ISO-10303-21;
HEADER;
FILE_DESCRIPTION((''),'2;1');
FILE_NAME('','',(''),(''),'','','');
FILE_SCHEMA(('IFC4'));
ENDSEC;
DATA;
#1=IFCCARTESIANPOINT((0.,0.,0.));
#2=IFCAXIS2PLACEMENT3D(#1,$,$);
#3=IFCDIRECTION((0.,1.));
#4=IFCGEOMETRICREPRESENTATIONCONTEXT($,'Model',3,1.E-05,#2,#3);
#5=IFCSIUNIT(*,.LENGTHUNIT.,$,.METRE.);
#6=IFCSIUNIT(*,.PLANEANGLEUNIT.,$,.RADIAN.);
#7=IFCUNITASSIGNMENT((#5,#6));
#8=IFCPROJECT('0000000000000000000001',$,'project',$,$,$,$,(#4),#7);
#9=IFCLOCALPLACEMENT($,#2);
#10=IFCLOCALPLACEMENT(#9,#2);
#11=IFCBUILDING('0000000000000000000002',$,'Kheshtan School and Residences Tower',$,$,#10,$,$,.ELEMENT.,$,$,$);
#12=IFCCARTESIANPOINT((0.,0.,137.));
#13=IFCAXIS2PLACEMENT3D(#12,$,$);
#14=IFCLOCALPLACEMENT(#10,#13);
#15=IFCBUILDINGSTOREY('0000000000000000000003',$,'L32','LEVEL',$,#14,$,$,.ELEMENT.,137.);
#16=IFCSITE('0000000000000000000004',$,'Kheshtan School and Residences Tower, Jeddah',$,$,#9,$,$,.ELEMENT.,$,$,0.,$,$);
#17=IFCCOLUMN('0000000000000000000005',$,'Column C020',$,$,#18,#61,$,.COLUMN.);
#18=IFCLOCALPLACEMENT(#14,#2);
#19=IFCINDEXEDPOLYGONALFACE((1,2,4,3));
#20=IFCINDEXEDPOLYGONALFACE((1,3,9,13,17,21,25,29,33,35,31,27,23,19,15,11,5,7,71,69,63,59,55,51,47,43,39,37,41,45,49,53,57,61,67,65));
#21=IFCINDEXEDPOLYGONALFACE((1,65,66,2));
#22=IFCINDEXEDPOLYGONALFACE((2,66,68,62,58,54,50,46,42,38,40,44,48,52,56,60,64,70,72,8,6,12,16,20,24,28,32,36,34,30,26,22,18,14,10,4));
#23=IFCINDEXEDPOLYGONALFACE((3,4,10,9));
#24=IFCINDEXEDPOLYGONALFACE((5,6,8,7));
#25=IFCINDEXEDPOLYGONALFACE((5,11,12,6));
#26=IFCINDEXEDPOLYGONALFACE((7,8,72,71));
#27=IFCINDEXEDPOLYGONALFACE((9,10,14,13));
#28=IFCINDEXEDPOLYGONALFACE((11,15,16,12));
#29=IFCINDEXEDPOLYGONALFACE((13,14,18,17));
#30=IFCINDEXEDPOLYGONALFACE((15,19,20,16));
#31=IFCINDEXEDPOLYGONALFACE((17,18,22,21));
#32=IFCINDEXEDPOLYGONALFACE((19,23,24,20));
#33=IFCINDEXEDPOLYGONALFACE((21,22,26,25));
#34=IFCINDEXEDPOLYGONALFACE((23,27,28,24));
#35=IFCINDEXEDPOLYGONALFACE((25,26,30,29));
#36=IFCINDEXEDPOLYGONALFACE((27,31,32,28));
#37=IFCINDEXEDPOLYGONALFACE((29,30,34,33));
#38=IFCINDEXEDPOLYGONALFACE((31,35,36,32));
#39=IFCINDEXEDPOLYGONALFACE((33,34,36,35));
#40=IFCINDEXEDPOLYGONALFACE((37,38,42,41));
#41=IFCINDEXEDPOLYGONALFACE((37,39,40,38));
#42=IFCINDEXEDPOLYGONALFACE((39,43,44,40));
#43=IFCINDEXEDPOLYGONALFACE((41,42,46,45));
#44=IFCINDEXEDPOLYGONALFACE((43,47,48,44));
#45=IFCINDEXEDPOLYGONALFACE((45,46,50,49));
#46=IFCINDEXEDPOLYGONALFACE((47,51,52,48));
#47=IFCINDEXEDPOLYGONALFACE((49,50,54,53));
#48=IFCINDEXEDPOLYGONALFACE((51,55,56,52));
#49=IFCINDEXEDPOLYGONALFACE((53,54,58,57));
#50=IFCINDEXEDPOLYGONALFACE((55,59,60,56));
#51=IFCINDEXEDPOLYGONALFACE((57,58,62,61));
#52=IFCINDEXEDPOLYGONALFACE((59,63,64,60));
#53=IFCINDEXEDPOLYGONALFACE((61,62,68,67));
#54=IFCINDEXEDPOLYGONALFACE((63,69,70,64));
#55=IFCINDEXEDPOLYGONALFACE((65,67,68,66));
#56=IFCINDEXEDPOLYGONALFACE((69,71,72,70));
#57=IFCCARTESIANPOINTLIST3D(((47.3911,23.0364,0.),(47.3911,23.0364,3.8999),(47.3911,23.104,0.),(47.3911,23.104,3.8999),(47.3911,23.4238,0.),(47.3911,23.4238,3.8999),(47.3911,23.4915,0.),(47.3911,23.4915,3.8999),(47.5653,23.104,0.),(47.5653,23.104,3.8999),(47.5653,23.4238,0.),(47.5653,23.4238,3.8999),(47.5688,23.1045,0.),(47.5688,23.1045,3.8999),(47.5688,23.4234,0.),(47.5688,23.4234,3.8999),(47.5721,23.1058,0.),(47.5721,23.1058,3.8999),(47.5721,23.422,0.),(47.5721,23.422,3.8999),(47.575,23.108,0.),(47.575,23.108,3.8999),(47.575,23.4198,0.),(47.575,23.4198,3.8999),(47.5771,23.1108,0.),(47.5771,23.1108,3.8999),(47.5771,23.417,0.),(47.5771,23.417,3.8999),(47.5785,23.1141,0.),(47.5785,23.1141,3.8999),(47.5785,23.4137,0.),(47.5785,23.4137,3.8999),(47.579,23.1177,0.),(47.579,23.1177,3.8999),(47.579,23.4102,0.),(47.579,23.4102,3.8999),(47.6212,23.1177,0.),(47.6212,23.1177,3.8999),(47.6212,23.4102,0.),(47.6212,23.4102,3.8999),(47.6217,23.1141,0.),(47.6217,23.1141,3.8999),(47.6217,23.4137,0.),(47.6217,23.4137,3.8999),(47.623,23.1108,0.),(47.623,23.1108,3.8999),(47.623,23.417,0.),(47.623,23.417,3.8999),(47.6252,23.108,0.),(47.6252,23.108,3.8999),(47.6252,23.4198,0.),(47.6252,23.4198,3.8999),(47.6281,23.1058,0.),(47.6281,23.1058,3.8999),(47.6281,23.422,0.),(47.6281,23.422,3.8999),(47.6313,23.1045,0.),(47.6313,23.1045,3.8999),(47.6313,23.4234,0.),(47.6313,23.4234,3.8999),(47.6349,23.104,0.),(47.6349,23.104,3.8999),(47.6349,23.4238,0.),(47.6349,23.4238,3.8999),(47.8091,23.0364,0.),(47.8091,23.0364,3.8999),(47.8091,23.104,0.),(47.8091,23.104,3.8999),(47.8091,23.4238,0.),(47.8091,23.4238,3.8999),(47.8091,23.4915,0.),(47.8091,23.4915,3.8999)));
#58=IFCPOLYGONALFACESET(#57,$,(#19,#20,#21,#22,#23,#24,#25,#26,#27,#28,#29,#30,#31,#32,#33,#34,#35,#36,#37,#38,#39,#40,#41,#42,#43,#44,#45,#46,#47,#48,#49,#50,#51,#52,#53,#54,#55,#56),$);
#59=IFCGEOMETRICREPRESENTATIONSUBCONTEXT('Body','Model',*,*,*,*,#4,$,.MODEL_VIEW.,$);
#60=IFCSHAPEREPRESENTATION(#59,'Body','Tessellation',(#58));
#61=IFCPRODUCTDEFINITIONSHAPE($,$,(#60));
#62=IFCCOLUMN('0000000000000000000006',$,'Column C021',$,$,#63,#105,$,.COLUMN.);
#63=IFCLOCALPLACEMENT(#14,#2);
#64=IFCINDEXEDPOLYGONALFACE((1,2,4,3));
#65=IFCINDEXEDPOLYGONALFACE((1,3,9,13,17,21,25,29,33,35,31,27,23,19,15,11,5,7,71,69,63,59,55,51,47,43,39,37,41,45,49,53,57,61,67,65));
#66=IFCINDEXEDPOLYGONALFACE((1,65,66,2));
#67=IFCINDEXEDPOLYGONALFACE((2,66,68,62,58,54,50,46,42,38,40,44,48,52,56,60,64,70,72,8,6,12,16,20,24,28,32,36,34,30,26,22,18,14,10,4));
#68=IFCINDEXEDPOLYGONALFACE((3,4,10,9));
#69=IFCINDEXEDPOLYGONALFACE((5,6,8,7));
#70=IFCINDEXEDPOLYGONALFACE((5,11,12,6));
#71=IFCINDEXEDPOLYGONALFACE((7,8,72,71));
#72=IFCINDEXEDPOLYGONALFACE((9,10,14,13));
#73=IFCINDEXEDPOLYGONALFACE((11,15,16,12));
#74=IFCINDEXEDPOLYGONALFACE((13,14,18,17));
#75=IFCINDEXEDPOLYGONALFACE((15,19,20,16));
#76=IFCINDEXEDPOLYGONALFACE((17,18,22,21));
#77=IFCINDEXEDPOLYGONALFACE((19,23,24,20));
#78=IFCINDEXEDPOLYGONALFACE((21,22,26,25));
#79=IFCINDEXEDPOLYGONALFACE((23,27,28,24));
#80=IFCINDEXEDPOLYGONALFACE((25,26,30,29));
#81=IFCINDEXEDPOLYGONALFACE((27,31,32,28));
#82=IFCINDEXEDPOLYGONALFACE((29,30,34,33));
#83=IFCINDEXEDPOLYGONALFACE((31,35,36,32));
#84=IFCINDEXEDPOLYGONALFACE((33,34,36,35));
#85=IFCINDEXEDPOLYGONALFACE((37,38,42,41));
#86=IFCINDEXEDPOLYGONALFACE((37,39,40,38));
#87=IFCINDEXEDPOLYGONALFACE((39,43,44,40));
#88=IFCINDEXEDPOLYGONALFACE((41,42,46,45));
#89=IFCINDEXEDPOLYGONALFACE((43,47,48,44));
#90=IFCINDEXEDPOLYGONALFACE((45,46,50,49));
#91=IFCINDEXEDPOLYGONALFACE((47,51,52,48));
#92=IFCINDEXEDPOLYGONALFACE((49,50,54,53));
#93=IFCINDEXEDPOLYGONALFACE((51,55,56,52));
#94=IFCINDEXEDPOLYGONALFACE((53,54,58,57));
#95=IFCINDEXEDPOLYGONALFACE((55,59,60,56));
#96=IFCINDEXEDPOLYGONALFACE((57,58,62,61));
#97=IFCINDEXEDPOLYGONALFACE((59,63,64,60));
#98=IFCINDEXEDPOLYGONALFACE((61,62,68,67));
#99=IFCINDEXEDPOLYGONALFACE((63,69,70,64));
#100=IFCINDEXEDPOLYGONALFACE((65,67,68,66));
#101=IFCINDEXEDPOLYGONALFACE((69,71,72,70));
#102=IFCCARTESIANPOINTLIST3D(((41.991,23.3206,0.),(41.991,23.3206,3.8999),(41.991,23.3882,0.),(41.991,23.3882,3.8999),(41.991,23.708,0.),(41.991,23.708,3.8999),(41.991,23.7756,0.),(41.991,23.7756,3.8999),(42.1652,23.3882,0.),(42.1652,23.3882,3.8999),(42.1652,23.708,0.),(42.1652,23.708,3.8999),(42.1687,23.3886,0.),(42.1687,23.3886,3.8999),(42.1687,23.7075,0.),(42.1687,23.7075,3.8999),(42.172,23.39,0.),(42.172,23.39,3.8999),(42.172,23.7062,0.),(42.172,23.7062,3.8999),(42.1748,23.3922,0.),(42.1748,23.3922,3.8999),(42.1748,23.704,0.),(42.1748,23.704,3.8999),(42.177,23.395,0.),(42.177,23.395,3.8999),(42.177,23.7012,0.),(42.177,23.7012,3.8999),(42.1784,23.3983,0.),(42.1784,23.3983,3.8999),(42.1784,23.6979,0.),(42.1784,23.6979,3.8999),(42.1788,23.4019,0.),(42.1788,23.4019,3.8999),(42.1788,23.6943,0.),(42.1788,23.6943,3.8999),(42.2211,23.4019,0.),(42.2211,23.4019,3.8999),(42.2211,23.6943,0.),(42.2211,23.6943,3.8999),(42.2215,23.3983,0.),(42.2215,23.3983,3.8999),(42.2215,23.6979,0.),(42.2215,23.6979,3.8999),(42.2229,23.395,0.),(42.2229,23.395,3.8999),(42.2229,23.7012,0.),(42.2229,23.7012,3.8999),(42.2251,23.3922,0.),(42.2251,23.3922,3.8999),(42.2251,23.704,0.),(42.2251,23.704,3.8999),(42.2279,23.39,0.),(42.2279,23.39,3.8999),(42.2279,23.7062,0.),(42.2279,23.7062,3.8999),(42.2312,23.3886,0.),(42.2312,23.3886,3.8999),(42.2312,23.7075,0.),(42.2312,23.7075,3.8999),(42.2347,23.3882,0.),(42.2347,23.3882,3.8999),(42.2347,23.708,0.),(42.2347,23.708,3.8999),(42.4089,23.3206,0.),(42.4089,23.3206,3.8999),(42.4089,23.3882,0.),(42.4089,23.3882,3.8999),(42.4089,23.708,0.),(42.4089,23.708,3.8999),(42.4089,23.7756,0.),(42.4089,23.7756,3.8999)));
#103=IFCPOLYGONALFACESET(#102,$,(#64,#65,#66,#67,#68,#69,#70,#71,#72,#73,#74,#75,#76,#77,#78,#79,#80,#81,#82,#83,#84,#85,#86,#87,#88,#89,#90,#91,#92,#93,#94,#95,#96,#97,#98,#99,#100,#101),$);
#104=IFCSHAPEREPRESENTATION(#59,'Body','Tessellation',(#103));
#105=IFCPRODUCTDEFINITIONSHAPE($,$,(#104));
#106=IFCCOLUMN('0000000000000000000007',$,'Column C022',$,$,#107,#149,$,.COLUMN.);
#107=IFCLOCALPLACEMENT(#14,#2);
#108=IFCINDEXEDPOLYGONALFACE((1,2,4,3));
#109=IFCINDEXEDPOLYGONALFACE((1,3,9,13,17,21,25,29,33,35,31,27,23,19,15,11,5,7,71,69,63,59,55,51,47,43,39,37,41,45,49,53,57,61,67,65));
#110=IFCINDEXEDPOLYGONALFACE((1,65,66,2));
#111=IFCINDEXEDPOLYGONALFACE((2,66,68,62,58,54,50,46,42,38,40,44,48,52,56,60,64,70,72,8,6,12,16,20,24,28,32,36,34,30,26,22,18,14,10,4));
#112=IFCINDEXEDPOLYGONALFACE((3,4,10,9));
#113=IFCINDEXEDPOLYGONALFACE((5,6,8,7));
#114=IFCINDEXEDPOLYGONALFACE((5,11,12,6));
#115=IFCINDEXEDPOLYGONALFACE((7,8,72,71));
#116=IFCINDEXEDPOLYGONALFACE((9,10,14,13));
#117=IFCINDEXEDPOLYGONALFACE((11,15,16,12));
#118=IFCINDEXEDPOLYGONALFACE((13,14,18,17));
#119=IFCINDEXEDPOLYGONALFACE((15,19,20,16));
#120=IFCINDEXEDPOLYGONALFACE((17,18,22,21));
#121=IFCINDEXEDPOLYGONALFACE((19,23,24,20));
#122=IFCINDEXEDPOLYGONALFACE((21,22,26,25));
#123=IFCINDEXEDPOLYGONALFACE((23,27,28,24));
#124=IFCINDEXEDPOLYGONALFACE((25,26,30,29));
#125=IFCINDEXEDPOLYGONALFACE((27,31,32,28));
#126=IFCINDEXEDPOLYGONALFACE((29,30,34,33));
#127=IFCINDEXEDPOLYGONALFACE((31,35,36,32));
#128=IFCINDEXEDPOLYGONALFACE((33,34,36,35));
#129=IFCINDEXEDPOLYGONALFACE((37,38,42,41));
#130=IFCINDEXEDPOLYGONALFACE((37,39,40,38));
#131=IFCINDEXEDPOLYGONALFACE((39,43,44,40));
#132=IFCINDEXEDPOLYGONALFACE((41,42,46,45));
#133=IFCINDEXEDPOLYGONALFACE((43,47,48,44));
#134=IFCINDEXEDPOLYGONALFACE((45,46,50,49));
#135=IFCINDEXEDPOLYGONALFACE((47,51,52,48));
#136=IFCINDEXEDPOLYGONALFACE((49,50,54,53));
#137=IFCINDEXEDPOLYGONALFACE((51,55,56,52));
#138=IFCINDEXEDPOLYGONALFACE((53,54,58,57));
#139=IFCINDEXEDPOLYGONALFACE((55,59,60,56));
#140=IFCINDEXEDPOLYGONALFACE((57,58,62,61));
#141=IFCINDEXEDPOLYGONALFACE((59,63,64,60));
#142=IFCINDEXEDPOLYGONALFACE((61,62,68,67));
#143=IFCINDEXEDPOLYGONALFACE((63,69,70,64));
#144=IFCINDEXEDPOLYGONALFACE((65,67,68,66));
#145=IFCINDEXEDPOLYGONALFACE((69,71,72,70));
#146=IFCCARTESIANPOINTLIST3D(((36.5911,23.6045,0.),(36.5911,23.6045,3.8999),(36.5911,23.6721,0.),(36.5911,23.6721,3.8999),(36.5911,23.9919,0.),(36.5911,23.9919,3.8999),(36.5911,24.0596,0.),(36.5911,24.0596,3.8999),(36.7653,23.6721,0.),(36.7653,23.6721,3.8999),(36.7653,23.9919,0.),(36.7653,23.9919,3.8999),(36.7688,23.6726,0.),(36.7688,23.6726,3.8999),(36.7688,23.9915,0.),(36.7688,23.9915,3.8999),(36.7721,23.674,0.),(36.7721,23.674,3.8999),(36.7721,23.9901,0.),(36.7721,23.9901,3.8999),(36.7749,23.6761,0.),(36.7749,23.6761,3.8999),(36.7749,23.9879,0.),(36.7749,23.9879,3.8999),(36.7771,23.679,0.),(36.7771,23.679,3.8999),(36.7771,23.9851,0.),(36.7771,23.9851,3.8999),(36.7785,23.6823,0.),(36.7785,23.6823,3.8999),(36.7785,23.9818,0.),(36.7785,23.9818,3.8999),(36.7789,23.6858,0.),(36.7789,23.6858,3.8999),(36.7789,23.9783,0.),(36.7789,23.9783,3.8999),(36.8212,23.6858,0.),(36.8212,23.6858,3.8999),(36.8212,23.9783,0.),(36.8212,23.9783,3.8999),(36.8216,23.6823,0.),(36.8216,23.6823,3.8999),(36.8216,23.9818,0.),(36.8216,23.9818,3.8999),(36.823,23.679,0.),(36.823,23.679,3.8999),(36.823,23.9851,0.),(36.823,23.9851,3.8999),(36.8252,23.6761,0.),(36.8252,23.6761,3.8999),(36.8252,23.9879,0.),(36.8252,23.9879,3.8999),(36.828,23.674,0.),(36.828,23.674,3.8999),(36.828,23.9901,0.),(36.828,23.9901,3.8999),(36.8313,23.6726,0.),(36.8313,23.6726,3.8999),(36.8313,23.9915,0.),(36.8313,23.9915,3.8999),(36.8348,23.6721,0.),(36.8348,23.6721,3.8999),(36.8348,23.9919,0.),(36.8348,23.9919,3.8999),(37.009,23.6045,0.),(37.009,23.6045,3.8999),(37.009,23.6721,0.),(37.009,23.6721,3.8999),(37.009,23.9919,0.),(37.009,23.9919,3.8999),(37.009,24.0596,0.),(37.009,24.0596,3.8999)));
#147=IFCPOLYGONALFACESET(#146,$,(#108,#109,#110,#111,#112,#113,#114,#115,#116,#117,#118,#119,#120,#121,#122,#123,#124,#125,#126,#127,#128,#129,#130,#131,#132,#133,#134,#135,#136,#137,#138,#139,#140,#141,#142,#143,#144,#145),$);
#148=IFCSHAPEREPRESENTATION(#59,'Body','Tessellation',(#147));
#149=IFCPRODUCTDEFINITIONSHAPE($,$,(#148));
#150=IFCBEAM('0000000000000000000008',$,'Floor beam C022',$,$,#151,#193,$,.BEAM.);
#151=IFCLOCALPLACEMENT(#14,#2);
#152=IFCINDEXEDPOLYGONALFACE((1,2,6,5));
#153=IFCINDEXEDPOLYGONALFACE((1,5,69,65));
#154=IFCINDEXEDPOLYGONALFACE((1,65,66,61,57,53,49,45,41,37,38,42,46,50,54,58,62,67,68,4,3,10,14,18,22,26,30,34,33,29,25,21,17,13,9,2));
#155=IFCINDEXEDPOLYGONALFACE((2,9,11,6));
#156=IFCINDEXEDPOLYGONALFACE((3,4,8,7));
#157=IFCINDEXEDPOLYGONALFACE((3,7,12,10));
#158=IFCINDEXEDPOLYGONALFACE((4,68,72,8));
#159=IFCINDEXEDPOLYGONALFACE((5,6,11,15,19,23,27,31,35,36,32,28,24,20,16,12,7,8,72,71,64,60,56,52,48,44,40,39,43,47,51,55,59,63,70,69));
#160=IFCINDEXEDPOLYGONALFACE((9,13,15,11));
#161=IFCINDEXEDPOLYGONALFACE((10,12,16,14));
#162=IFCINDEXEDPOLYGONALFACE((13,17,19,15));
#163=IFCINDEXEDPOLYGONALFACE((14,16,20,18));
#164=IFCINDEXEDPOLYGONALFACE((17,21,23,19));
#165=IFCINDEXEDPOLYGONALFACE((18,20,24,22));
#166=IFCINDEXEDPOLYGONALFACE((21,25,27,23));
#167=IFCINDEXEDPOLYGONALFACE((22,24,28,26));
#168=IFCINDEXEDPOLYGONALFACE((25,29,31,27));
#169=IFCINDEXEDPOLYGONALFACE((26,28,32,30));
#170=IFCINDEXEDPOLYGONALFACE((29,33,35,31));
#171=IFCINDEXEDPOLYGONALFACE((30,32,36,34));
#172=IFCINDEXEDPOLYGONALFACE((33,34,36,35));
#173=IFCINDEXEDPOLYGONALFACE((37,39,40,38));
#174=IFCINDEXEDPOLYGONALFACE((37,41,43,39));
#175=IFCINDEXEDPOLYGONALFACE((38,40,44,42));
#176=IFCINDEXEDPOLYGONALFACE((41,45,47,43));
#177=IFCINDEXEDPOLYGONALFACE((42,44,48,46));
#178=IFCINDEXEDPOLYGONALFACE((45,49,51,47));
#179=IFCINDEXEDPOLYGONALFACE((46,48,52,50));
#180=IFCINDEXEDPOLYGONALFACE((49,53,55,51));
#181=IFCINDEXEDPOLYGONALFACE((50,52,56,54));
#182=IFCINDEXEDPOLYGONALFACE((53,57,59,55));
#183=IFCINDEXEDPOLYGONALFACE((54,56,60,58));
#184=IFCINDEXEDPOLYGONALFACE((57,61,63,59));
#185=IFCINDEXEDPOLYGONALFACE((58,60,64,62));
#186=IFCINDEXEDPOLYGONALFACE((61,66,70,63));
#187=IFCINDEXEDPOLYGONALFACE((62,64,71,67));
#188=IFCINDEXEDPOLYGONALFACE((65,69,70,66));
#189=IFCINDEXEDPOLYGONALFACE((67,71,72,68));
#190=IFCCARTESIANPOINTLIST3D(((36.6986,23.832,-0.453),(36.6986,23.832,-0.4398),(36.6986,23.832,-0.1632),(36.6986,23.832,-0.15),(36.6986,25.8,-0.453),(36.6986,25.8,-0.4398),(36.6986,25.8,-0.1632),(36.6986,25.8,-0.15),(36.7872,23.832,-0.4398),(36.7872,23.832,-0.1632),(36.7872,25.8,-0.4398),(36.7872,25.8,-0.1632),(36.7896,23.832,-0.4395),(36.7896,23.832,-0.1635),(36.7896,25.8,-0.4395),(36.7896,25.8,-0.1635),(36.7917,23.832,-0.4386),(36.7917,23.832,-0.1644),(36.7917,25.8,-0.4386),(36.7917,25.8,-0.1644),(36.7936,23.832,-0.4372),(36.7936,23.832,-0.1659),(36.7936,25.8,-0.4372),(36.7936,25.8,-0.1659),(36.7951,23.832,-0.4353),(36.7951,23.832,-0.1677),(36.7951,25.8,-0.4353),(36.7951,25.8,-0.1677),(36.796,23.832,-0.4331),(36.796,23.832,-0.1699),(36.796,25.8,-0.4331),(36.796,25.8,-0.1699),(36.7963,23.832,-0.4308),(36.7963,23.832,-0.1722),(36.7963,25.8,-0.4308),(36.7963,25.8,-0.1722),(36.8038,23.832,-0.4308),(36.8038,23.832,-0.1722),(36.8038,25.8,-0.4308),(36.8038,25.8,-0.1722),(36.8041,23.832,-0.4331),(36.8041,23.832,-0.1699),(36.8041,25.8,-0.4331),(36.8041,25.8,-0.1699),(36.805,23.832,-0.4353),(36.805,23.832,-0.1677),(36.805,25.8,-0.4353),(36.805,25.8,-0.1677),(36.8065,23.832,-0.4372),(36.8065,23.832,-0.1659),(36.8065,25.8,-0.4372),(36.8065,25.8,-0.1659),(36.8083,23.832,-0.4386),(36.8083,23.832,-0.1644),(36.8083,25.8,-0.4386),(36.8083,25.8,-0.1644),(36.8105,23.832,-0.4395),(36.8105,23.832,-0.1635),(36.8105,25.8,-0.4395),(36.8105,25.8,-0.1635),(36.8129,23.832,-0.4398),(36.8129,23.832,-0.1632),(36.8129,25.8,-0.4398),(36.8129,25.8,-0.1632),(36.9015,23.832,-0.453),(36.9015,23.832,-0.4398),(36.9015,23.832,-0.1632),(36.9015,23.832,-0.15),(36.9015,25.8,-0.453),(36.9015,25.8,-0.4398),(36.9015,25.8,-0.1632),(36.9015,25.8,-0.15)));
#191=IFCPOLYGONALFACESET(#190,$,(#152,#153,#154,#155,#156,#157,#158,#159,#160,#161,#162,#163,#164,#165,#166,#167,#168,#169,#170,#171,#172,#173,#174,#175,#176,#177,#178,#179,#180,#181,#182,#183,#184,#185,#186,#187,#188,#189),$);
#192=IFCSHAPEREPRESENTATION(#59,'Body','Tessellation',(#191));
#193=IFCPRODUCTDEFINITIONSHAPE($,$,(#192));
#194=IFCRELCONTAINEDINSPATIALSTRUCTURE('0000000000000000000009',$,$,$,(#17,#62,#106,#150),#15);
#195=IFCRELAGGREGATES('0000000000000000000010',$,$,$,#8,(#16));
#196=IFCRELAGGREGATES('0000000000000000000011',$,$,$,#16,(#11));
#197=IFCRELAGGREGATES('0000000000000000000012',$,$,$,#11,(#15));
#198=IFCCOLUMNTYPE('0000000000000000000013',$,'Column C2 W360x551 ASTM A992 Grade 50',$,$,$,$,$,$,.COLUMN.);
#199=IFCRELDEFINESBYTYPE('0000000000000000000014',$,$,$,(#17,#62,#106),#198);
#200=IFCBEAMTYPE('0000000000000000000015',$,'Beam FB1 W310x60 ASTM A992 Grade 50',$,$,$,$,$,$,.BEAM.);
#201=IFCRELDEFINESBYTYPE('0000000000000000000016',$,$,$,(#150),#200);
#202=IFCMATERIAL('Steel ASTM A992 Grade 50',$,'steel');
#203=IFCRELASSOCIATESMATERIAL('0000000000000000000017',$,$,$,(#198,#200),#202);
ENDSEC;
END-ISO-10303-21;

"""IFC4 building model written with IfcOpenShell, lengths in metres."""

from ifc_helpers import new_model, si_unit, direction, frame, origin, origin_2d, place, context, subcontext, project, spatial, i_section, extrude, material, material_profile, profile_set, type_object, element, save


model = new_model("IFC4")

# Units and contexts
model_context = context("Model", 3, precision=1e-05, world=origin(), true_north=direction((0.0, 1.0)))
body_context = subcontext(model_context, "Body", "Model", "MODEL_VIEW")
ifc_project = project(units=[si_unit("LENGTHUNIT", "METRE"), si_unit("PLANEANGLEUNIT", "RADIAN")], contexts=[model_context])

# Site, building, storey
site_placement = place(None, origin())
site = spatial("IfcSite", under=ifc_project, at=site_placement, Name="Kheshtan School and Residences Tower, Jeddah", CompositionType="ELEMENT", RefElevation=0.0)
building_placement = place(site_placement, origin())
building = spatial("IfcBuilding", under=site, at=building_placement, Name="Kheshtan School and Residences Tower", CompositionType="ELEMENT")
storey_placement = place(building_placement, frame((0.0, 0.0, 137.0)))
storey = spatial("IfcBuildingStorey", under=building, at=storey_placement, Name="L32", Description="LEVEL", CompositionType="ELEMENT", Elevation=137.0)

# Columns
ifc_material_1 = material(Name="Steel ASTM A992 Grade 50", Category="steel")
ifc_material_profile_1 = material_profile(ifc_material_1, i_section(OverallWidth=0.418, OverallDepth=0.4551, WebThickness=0.0422, FlangeThickness=0.0676, FilletRadius=0.0137, at=origin_2d()), Name="W360x551")
ifc_profile_set_1 = profile_set([ifc_material_profile_1], Name="Steel ASTM A992 Grade 50")
column_type = type_object("IfcColumnType", Name="Column C2 W360x551 ASTM A992 Grade 50", PredefinedType="COLUMN", material=ifc_profile_set_1)
for number, where, z_axis, x_axis, name in (
    (1, (47.6001, 23.2639, 0.0), (0.0, 0.0, 1.0), (1.0, 0.0, 0.0), "Column C020"),
    (2, (42.2, 23.5481, 0.0), (0.0, 0.0, 1.0), (1.0, 0.0, 0.0), "Column C021"),
    (3, (36.8, 23.832, 0.0), (0.0, 0.0, 1.0), (1.0, 0.0, 0.0), "Column C022"),
):
    element("IfcColumn", number, at=place(storey_placement, frame(where, z_axis=z_axis, x_axis=x_axis)), inside=storey, type_object=column_type, Name=name, PredefinedType="COLUMN", context=body_context, shape_type="SweptSolid", body=[
        extrude(i_section(OverallWidth=0.418, OverallDepth=0.4551, WebThickness=0.0422, FlangeThickness=0.0676, FilletRadius=0.0137, at=origin_2d()), origin(), (0.0, 0.0, 1.0), 3.8999),
    ])

# Beam
ifc_material_profile_2 = material_profile(ifc_material_1, i_section(OverallWidth=0.2029, OverallDepth=0.303, WebThickness=0.0076, FlangeThickness=0.0132, FilletRadius=0.009, at=origin_2d()), Name="W310x60")
ifc_profile_set_2 = profile_set([ifc_material_profile_2], Name="Steel ASTM A992 Grade 50")
beam_type_1 = type_object("IfcBeamType", Name="Beam FB1 W310x60 ASTM A992 Grade 50", PredefinedType="BEAM", material=ifc_profile_set_2)
beam_1_placement = place(storey_placement, frame((36.8, 23.832, -0.3015), z_axis=(0.0, 1.0, 0.0), x_axis=(-1.0, 0.0, 0.0)))
element("IfcBeam", 4, at=beam_1_placement, inside=storey, type_object=beam_type_1, Name="Floor beam C022", PredefinedType="BEAM", context=body_context, shape_type="SweptSolid", body=[
    extrude(i_section(OverallWidth=0.2029, OverallDepth=0.303, WebThickness=0.0076, FlangeThickness=0.0132, FilletRadius=0.009, at=origin_2d()), origin(), (0.0, 0.0, 1.0), 1.968),
])

save(model, "model.ifc")
